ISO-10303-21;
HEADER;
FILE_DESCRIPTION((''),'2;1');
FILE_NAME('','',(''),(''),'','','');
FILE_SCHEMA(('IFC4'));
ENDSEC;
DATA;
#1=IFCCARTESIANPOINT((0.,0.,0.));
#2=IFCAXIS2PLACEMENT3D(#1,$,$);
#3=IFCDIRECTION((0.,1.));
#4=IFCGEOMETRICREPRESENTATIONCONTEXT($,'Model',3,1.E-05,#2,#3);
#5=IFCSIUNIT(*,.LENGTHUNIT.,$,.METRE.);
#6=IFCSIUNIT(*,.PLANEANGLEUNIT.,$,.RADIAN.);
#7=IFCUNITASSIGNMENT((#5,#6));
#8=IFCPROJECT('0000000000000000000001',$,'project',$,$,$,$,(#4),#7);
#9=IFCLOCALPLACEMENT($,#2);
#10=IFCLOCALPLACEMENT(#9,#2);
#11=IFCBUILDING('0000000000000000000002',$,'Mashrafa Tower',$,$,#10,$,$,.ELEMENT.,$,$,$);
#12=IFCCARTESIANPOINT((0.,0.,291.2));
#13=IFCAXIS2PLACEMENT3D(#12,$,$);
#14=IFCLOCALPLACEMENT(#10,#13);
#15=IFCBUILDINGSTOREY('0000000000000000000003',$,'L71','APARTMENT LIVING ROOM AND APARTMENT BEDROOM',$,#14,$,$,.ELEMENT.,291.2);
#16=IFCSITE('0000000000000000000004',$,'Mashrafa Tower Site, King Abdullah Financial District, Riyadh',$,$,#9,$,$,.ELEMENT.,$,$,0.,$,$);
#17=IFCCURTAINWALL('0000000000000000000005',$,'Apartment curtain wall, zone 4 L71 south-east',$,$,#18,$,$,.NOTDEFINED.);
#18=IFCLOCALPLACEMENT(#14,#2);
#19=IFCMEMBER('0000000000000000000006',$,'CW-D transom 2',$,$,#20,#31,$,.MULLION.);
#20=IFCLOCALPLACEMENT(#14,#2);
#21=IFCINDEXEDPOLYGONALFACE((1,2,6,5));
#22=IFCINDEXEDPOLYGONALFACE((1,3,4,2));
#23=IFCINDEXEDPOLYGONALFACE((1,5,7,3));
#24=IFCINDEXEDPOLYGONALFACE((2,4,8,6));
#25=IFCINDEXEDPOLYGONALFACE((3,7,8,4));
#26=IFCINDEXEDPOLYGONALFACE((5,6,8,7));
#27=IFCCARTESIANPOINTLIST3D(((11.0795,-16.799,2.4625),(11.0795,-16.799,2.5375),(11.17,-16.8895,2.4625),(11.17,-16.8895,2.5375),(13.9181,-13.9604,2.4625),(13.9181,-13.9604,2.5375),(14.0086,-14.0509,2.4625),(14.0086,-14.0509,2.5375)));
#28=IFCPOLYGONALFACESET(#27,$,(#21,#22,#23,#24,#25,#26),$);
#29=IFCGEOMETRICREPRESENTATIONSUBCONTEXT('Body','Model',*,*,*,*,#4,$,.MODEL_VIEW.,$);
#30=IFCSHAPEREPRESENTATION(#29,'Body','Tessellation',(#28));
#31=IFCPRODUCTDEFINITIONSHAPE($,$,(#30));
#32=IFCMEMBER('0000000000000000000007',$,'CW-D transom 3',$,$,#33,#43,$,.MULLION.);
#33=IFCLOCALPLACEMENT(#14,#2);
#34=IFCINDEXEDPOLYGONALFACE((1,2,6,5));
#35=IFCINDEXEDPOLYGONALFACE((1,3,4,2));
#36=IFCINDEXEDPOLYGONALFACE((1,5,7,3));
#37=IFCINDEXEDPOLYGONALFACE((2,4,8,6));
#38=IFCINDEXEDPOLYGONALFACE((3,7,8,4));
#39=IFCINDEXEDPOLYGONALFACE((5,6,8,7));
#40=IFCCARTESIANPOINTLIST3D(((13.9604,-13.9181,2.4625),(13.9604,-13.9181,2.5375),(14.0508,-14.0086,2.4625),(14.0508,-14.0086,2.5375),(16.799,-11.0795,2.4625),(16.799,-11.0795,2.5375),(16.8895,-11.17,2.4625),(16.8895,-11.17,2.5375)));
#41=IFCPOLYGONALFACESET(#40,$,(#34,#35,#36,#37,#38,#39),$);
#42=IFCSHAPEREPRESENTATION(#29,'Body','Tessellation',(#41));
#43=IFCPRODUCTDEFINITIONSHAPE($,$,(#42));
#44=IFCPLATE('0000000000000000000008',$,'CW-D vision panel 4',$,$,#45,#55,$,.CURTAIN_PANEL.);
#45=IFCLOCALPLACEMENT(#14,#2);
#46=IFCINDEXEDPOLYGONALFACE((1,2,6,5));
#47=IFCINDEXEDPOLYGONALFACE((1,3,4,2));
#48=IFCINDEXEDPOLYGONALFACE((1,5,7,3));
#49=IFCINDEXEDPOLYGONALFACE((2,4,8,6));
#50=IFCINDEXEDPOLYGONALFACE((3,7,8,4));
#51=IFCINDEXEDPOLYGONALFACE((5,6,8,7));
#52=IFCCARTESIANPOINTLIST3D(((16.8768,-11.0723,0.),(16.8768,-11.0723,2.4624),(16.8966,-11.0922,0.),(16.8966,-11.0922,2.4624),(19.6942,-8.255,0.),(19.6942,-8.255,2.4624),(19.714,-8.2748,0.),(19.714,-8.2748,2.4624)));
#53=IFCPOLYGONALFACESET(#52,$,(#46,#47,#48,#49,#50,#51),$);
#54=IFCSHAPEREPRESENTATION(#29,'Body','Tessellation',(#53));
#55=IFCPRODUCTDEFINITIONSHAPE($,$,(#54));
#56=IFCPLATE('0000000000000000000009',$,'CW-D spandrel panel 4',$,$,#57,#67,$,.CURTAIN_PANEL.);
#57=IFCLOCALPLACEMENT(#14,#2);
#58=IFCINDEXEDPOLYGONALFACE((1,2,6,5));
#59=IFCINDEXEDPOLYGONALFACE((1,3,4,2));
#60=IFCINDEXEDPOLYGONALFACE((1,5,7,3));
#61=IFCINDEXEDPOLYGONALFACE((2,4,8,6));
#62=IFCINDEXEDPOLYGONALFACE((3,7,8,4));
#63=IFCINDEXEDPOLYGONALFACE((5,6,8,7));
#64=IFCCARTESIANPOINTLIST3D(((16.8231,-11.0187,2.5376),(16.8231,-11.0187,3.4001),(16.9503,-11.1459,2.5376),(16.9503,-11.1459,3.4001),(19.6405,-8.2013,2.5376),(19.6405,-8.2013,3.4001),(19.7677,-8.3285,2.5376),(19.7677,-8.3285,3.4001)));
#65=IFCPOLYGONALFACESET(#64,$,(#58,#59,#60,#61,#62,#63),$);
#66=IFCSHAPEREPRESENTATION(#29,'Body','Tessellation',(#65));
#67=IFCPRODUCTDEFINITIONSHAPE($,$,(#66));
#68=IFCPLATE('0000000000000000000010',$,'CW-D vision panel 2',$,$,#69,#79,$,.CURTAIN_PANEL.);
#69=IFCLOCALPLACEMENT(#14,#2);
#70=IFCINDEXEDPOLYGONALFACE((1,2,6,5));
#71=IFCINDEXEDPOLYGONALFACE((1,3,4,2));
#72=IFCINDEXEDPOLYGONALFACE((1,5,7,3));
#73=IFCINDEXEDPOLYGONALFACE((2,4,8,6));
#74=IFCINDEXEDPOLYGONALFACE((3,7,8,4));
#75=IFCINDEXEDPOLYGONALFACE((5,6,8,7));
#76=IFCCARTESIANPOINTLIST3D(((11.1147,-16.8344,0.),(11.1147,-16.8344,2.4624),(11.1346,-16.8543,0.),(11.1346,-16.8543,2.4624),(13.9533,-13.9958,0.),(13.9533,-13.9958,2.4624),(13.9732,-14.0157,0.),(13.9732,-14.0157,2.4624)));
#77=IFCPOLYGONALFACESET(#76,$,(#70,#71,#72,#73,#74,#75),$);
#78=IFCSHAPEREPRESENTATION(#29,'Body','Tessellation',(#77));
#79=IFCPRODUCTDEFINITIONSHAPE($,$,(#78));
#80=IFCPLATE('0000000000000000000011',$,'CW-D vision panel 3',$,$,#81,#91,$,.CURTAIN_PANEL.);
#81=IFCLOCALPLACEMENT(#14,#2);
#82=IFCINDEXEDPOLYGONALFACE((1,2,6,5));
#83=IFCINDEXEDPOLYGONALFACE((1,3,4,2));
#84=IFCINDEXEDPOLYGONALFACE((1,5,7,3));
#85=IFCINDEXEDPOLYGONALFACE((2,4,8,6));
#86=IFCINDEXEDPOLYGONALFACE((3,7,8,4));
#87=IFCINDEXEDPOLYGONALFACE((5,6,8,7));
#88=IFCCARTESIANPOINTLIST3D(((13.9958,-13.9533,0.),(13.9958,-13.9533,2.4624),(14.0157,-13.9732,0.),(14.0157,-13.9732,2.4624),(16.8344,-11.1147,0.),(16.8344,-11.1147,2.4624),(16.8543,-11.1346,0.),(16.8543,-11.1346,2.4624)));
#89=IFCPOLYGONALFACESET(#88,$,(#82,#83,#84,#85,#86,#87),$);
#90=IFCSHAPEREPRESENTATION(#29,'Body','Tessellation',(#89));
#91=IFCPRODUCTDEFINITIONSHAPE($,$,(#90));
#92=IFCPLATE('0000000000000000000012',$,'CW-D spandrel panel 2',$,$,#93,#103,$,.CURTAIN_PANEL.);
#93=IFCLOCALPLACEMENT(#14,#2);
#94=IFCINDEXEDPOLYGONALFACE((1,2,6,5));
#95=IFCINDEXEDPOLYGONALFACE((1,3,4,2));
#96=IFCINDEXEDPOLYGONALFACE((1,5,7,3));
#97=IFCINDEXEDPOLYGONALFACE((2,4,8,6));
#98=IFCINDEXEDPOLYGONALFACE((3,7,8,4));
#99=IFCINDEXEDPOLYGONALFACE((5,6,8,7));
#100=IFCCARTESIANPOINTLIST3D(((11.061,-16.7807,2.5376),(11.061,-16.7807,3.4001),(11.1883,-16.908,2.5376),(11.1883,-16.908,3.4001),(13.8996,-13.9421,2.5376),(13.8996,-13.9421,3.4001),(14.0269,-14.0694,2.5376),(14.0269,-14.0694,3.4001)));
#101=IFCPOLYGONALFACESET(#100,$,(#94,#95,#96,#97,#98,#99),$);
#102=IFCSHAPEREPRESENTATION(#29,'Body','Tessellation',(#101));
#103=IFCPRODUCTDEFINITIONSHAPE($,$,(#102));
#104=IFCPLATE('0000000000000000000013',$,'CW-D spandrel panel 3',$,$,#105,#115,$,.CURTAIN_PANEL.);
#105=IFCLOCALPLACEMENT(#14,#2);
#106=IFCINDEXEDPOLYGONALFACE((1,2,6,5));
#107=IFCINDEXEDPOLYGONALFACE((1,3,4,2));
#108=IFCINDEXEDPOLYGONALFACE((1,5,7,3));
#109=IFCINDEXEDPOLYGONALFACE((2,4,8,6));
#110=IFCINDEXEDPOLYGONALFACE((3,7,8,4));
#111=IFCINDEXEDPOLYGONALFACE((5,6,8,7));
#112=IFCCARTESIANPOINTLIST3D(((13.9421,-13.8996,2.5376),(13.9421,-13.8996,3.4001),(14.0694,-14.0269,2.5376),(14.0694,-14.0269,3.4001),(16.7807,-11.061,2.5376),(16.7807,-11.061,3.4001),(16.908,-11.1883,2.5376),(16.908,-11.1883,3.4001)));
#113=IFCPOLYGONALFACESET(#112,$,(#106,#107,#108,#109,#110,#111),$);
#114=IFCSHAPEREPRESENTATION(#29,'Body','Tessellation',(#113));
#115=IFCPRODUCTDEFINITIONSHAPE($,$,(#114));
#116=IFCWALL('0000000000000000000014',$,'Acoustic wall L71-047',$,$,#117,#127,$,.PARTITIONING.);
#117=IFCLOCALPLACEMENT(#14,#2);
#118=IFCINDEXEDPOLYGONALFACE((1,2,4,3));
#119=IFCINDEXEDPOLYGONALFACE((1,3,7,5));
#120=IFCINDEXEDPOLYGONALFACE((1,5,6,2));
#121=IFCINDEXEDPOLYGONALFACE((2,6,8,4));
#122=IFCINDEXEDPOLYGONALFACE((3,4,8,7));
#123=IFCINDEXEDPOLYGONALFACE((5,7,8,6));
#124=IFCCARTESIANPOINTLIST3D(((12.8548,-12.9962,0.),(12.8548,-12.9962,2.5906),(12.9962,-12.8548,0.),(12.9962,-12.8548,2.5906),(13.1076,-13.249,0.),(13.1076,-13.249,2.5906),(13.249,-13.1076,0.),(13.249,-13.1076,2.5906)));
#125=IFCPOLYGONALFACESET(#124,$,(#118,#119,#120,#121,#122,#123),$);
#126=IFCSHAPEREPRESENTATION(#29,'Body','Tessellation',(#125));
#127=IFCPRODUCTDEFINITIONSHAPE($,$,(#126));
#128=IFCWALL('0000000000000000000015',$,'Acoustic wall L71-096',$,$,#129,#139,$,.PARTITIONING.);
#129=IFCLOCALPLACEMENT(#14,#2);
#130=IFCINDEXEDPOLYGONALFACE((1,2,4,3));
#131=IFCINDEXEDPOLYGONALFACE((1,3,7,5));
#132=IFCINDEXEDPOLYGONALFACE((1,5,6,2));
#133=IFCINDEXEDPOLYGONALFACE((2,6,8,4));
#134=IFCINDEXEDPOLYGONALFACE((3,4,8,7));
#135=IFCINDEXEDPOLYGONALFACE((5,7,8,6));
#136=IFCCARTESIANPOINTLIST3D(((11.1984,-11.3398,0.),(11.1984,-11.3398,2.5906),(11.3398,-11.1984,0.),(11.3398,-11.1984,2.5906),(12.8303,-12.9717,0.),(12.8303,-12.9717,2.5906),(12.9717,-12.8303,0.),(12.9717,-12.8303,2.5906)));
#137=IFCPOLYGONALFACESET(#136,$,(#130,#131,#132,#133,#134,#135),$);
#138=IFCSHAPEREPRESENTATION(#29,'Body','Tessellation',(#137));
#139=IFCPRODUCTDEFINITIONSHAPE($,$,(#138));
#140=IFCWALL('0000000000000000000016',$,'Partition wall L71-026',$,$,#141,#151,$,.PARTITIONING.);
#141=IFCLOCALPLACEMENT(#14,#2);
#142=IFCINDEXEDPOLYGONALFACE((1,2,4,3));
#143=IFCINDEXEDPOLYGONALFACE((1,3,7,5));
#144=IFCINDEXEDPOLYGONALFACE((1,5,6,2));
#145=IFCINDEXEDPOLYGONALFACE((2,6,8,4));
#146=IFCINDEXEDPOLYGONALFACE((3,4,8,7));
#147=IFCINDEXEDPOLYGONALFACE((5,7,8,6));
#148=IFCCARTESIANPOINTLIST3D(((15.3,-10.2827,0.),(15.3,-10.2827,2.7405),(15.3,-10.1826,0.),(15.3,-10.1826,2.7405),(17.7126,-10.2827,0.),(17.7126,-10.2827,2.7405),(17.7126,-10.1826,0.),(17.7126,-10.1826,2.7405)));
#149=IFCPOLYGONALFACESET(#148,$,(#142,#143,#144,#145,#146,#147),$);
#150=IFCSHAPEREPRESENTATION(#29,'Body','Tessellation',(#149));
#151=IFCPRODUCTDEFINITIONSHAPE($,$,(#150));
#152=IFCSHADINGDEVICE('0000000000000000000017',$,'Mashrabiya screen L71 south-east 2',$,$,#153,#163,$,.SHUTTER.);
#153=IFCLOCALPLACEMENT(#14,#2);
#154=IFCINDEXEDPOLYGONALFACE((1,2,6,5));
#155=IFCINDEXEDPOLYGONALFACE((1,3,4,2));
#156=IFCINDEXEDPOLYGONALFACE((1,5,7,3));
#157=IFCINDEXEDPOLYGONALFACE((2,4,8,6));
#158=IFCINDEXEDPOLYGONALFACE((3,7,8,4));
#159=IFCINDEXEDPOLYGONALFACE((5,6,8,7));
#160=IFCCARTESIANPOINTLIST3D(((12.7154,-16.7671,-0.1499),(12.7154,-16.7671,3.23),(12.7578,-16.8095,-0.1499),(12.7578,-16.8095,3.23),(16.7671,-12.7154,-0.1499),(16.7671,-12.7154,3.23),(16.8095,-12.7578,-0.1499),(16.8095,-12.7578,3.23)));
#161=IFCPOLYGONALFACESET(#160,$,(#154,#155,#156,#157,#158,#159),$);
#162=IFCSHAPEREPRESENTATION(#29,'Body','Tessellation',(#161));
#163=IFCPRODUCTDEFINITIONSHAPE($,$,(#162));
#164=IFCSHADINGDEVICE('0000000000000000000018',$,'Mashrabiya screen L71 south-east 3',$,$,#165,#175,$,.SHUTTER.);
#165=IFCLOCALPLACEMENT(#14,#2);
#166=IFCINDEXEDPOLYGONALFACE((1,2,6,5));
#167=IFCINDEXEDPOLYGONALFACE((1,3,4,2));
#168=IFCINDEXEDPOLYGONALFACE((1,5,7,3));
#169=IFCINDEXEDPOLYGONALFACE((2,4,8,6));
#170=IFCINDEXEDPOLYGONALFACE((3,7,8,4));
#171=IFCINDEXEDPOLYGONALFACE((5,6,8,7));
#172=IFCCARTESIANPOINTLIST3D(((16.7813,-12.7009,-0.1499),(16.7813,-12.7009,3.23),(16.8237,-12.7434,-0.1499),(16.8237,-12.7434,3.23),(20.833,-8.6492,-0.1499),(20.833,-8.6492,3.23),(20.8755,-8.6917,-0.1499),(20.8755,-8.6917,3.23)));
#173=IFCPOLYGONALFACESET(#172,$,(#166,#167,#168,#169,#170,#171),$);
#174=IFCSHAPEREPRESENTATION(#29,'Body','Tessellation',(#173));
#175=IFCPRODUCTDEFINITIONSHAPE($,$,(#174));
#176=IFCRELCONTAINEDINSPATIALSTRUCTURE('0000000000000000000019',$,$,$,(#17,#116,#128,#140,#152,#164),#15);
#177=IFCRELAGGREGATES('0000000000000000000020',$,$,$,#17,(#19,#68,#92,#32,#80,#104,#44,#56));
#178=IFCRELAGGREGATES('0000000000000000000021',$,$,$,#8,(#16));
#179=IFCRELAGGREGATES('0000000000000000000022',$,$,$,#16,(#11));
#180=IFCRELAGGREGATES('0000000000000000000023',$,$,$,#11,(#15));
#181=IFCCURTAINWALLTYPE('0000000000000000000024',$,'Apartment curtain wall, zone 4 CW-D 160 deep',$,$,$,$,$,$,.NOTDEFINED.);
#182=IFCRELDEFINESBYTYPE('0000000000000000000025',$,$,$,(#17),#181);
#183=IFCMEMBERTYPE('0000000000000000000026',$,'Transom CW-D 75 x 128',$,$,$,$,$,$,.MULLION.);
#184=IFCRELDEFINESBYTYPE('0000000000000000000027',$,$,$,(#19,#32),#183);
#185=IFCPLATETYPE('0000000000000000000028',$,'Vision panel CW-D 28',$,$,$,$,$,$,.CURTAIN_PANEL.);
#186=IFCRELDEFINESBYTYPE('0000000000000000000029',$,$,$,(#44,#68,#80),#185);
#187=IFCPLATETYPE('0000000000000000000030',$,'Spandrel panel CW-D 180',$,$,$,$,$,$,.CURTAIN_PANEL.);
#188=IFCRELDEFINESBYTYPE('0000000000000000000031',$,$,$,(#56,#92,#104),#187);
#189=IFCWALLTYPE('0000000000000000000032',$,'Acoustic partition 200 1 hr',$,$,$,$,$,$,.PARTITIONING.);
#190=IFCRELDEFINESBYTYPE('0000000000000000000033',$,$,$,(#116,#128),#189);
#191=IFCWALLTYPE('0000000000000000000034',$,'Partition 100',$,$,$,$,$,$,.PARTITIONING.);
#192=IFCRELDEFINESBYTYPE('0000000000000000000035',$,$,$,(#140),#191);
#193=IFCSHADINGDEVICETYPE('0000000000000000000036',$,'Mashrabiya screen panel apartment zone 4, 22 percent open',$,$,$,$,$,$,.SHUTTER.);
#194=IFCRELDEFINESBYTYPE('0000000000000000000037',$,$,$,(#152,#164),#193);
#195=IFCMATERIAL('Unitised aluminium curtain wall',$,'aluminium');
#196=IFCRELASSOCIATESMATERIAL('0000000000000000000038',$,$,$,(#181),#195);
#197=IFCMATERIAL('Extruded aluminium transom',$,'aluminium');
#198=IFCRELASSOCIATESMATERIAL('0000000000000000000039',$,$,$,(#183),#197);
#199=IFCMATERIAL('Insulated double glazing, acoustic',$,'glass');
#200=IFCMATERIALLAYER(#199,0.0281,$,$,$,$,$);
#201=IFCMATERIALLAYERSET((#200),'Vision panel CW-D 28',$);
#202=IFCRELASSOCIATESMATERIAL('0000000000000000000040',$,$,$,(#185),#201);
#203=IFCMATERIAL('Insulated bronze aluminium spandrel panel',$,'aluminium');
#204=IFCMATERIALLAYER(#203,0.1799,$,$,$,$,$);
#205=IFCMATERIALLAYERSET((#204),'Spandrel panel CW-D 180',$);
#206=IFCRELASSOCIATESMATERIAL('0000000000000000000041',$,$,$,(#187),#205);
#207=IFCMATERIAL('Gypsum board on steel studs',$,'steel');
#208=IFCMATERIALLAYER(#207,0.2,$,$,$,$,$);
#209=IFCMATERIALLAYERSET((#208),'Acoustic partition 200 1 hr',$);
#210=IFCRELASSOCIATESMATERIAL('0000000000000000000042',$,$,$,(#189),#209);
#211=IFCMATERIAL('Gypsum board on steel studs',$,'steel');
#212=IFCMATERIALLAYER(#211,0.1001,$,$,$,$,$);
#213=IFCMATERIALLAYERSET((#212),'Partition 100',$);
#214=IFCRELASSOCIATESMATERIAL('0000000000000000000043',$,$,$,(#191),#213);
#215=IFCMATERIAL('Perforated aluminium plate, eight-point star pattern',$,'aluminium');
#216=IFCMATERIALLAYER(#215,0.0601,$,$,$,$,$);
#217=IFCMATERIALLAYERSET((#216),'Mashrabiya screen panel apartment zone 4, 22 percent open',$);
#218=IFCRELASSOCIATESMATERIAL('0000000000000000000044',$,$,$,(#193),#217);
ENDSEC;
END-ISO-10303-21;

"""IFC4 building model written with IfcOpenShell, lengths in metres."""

from ifc_helpers import new_model, si_unit, direction, frame, frame_2d, origin, origin_2d, place, context, subcontext, project, spatial, rectangle, extrude, source, transform, mapped, material, layer, layer_set, material_profile, profile_set, type_object, type_shapes, element, aggregate, save


model = new_model("IFC4")

# Units and contexts
model_context = context("Model", 3, precision=1e-05, world=origin(), true_north=direction((0.0, 1.0)))
body_context = subcontext(model_context, "Body", "Model", "MODEL_VIEW")
ifc_project = project(units=[si_unit("LENGTHUNIT", "METRE"), si_unit("PLANEANGLEUNIT", "RADIAN")], contexts=[model_context])

# Site, building, storey
site_placement = place(None, origin())
site = spatial("IfcSite", under=ifc_project, at=site_placement, Name="Mashrafa Tower Site, King Abdullah Financial District, Riyadh", CompositionType="ELEMENT", RefElevation=0.0)
building_placement = place(site_placement, origin())
building = spatial("IfcBuilding", under=site, at=building_placement, Name="Mashrafa Tower", CompositionType="ELEMENT")
storey_placement = place(building_placement, frame((0.0, 0.0, 291.2)))
storey = spatial("IfcBuildingStorey", under=building, at=storey_placement, Name="L71", Description="APARTMENT LIVING ROOM AND APARTMENT BEDROOM", CompositionType="ELEMENT", Elevation=291.2)

# Shared definitions
ifc_material_1 = material(Name="Unitised aluminium curtain wall", Category="aluminium")
curtain_wall_type = type_object("IfcCurtainWallType", Name="Apartment curtain wall, zone 4 CW-D 160 deep", PredefinedType="NOTDEFINED", material=ifc_material_1)

# Curtain wall
curtain_wall_1_placement = place(storey_placement, origin())
curtain_wall_1 = element("IfcCurtainWall", 1, at=curtain_wall_1_placement, inside=storey, type_object=curtain_wall_type, Name="Apartment curtain wall, zone 4 L71 south-east", PredefinedType="NOTDEFINED")

# Members
ifc_material_2 = material(Name="Extruded aluminium transom", Category="aluminium")
ifc_material_profile_1 = material_profile(ifc_material_2, rectangle(XDim=0.1279, YDim=0.075, at=origin_2d()), Name="Transom 75x128")
ifc_profile_set_1 = profile_set([ifc_material_profile_1], Name="Extruded aluminium transom")
member_type_1 = type_object("IfcMemberType", Name="Transom CW-D 75 x 128", PredefinedType="MULLION", material=ifc_profile_set_1)
shared_shape_1 = source(origin(), body_context, "Body", "SweptSolid", [
    extrude(rectangle(XDim=0.1279, YDim=0.075, at=origin_2d()), origin(), (0.0, 0.0, 1.0), 4.0144),
])
member_1_placement = place(storey_placement, frame((11.1248, -16.8442, 2.5), z_axis=(0.707107, 0.707107, 0.0), x_axis=(-0.707107, 0.707107, 0.0)))
member_1 = element("IfcMember", 2, at=member_1_placement, type_object=member_type_1, Name="CW-D transom 2", PredefinedType="MULLION", context=body_context, shape_type="MappedRepresentation", body=[
    mapped(shared_shape_1, transform((0.0, 0.0, 0.0))),
])
member_2_placement = place(storey_placement, frame((14.0056, -13.9634, 2.5), z_axis=(0.707107, 0.707107, 0.0), x_axis=(-0.707107, 0.707107, 0.0)))
member_2 = element("IfcMember", 3, at=member_2_placement, type_object=member_type_1, Name="CW-D transom 3", PredefinedType="MULLION", context=body_context, shape_type="MappedRepresentation", body=[
    mapped(shared_shape_1, transform((0.0, 0.0, 0.0))),
])

# Plates
ifc_material_3 = material(Name="Insulated double glazing, acoustic", Category="glass")
ifc_layer_1 = layer(ifc_material_3, 0.0281)
ifc_layer_set_1 = layer_set([ifc_layer_1], Name="Vision panel CW-D 28")
plate_type_1 = type_object("IfcPlateType", Name="Vision panel CW-D 28", PredefinedType="CURTAIN_PANEL", material=ifc_layer_set_1)
shared_shape_2 = source(origin(), body_context, "Body", "SweptSolid", [
    extrude(rectangle(XDim=3.9844, YDim=0.0281, at=origin_2d()), origin(), (0.0, 0.0, 1.0), 2.4624),
])
plate_1_placement = place(storey_placement, frame((18.2954, -9.6736, 0.0), z_axis=(0.0, 0.0, 1.0), x_axis=(0.707107, 0.707107, 0.0)))
plate_1 = element("IfcPlate", 4, at=plate_1_placement, type_object=plate_type_1, Name="CW-D vision panel 4", PredefinedType="CURTAIN_PANEL", context=body_context, shape_type="MappedRepresentation", body=[
    mapped(shared_shape_2, transform((0.0, 0.0, 0.0))),
])
ifc_material_4 = material(Name="Insulated bronze aluminium spandrel panel", Category="aluminium")
ifc_layer_2 = layer(ifc_material_4, 0.1799)
ifc_layer_set_2 = layer_set([ifc_layer_2], Name="Spandrel panel CW-D 180")
plate_type_2 = type_object("IfcPlateType", Name="Spandrel panel CW-D 180", PredefinedType="CURTAIN_PANEL", material=ifc_layer_set_2)
shared_shape_3 = source(origin(), body_context, "Body", "SweptSolid", [
    extrude(rectangle(XDim=3.9844, YDim=0.1799, at=origin_2d()), origin(), (0.0, 0.0, 1.0), 0.8625),
])
plate_2_placement = place(storey_placement, frame((18.2954, -9.6736, 2.5376), z_axis=(0.0, 0.0, 1.0), x_axis=(0.707107, 0.707107, 0.0)))
plate_2 = element("IfcPlate", 5, at=plate_2_placement, type_object=plate_type_2, Name="CW-D spandrel panel 4", PredefinedType="CURTAIN_PANEL", context=body_context, shape_type="MappedRepresentation", body=[
    mapped(shared_shape_3, transform((0.0, 0.0, 0.0))),
])
shared_shape_4 = source(origin(), body_context, "Body", "SweptSolid", [
    extrude(rectangle(XDim=4.0144, YDim=0.0281, at=origin_2d()), origin(), (0.0, 0.0, 1.0), 2.4624),
])
type_shapes(plate_type_1, [shared_shape_2, shared_shape_4])
plate_3_placement = place(storey_placement, frame((12.5439, -15.425, 0.0), z_axis=(0.0, 0.0, 1.0), x_axis=(0.707107, 0.707107, 0.0)))
plate_3 = element("IfcPlate", 6, at=plate_3_placement, type_object=plate_type_1, Name="CW-D vision panel 2", PredefinedType="CURTAIN_PANEL", context=body_context, shape_type="MappedRepresentation", body=[
    mapped(shared_shape_4, transform((0.0, 0.0, 0.0))),
])
plate_4_placement = place(storey_placement, frame((15.425, -12.5439, 0.0), z_axis=(0.0, 0.0, 1.0), x_axis=(0.707107, 0.707107, 0.0)))
plate_4 = element("IfcPlate", 7, at=plate_4_placement, type_object=plate_type_1, Name="CW-D vision panel 3", PredefinedType="CURTAIN_PANEL", context=body_context, shape_type="MappedRepresentation", body=[
    mapped(shared_shape_4, transform((0.0, 0.0, 0.0))),
])
shared_shape_5 = source(origin(), body_context, "Body", "SweptSolid", [
    extrude(rectangle(XDim=4.0144, YDim=0.1799, at=origin_2d()), origin(), (0.0, 0.0, 1.0), 0.8625),
])
type_shapes(plate_type_2, [shared_shape_3, shared_shape_5])
plate_5_placement = place(storey_placement, frame((12.5439, -15.425, 2.5376), z_axis=(0.0, 0.0, 1.0), x_axis=(0.707107, 0.707107, 0.0)))
plate_5 = element("IfcPlate", 8, at=plate_5_placement, type_object=plate_type_2, Name="CW-D spandrel panel 2", PredefinedType="CURTAIN_PANEL", context=body_context, shape_type="MappedRepresentation", body=[
    mapped(shared_shape_5, transform((0.0, 0.0, 0.0))),
])
plate_6_placement = place(storey_placement, frame((15.425, -12.5439, 2.5376), z_axis=(0.0, 0.0, 1.0), x_axis=(0.707107, 0.707107, 0.0)))
plate_6 = element("IfcPlate", 9, at=plate_6_placement, type_object=plate_type_2, Name="CW-D spandrel panel 3", PredefinedType="CURTAIN_PANEL", context=body_context, shape_type="MappedRepresentation", body=[
    mapped(shared_shape_5, transform((0.0, 0.0, 0.0))),
])
aggregate(curtain_wall_1, [member_1, plate_3, plate_5, member_2, plate_4, plate_6, plate_1, plate_2])

# Walls
ifc_material_5 = material(Name="Gypsum board on steel studs", Category="steel")
ifc_layer_3 = layer(ifc_material_5, 0.2)
ifc_layer_set_3 = layer_set([ifc_layer_3], Name="Acoustic partition 200 1 hr")
wall_type_1 = type_object("IfcWallType", Name="Acoustic partition 200 1 hr", PredefinedType="PARTITIONING", material=ifc_layer_set_3)
wall_1_placement = place(storey_placement, frame((12.9255, -12.9255, 0.0), z_axis=(0.0, 0.0, 1.0), x_axis=(0.707107, -0.707107, 0.0)))
element("IfcWall", 10, at=wall_1_placement, inside=storey, type_object=wall_type_1, Name="Acoustic wall L71-047", PredefinedType="PARTITIONING", context=body_context, shape_type="SweptSolid", body=[
    extrude(rectangle(XDim=0.3574, YDim=0.2, at=frame_2d((0.1787, 0.0))), origin(), (0.0, 0.0, 1.0), 2.5906),
])
wall_2_placement = place(storey_placement, frame((12.9009, -12.9009, 0.0), z_axis=(0.0, 0.0, 1.0), x_axis=(-0.707107, 0.707107, 0.0)))
element("IfcWall", 11, at=wall_2_placement, inside=storey, type_object=wall_type_1, Name="Acoustic wall L71-096", PredefinedType="PARTITIONING", context=body_context, shape_type="SweptSolid", body=[
    extrude(rectangle(XDim=2.3079, YDim=0.2, at=frame_2d((1.1538, 0.0))), origin(), (0.0, 0.0, 1.0), 2.5906),
])
ifc_material_6 = material(Name="Gypsum board on steel studs", Category="steel")
ifc_layer_4 = layer(ifc_material_6, 0.1001)
ifc_layer_set_4 = layer_set([ifc_layer_4], Name="Partition 100")
wall_type_2 = type_object("IfcWallType", Name="Partition 100", PredefinedType="PARTITIONING", material=ifc_layer_set_4)
wall_3_placement = place(storey_placement, frame((15.3, -10.2327, 0.0), z_axis=(0.0, 0.0, 1.0), x_axis=(1.0, 0.0, 0.0)))
element("IfcWall", 12, at=wall_3_placement, inside=storey, type_object=wall_type_2, Name="Partition wall L71-026", PredefinedType="PARTITIONING", context=body_context, shape_type="SweptSolid", body=[
    extrude(rectangle(XDim=2.4126, YDim=0.1001, at=frame_2d((1.2063, 0.0))), origin(), (0.0, 0.0, 1.0), 2.7405),
])

# Shading devices
ifc_material_7 = material(Name="Perforated aluminium plate, eight-point star pattern", Category="aluminium")
ifc_layer_5 = layer(ifc_material_7, 0.0601)
ifc_layer_set_5 = layer_set([ifc_layer_5], Name="Mashrabiya screen panel apartment zone 4, 22 percent open")
shading_device_type = type_object("IfcShadingDeviceType", Name="Mashrabiya screen panel apartment zone 4, 22 percent open", PredefinedType="SHUTTER", material=ifc_layer_set_5)
shared_shape_6 = source(origin(), body_context, "Body", "SweptSolid", [
    extrude(rectangle(XDim=5.73, YDim=0.0601, at=origin_2d()), origin(), (0.0, 0.0, 1.0), 3.3799),
])
type_shapes(shading_device_type, [shared_shape_6])
for number, where, z_axis, x_axis, name in (
    (13, (14.7625, -14.7625, -0.1499), (0.0, 0.0, 1.0), (0.707107, 0.707107, 0.0), "Mashrabiya screen L71 south-east 2"),
    (14, (18.8284, -10.6963, -0.1499), (0.0, 0.0, 1.0), (0.707107, 0.707107, 0.0), "Mashrabiya screen L71 south-east 3"),
):
    element("IfcShadingDevice", number, at=place(storey_placement, frame(where, z_axis=z_axis, x_axis=x_axis)), inside=storey, type_object=shading_device_type, Name=name, PredefinedType="SHUTTER", context=body_context, shape_type="MappedRepresentation", body=[
        mapped(shared_shape_6, transform((0.0, 0.0, 0.0))),
    ])

save(model, "model.ifc")
